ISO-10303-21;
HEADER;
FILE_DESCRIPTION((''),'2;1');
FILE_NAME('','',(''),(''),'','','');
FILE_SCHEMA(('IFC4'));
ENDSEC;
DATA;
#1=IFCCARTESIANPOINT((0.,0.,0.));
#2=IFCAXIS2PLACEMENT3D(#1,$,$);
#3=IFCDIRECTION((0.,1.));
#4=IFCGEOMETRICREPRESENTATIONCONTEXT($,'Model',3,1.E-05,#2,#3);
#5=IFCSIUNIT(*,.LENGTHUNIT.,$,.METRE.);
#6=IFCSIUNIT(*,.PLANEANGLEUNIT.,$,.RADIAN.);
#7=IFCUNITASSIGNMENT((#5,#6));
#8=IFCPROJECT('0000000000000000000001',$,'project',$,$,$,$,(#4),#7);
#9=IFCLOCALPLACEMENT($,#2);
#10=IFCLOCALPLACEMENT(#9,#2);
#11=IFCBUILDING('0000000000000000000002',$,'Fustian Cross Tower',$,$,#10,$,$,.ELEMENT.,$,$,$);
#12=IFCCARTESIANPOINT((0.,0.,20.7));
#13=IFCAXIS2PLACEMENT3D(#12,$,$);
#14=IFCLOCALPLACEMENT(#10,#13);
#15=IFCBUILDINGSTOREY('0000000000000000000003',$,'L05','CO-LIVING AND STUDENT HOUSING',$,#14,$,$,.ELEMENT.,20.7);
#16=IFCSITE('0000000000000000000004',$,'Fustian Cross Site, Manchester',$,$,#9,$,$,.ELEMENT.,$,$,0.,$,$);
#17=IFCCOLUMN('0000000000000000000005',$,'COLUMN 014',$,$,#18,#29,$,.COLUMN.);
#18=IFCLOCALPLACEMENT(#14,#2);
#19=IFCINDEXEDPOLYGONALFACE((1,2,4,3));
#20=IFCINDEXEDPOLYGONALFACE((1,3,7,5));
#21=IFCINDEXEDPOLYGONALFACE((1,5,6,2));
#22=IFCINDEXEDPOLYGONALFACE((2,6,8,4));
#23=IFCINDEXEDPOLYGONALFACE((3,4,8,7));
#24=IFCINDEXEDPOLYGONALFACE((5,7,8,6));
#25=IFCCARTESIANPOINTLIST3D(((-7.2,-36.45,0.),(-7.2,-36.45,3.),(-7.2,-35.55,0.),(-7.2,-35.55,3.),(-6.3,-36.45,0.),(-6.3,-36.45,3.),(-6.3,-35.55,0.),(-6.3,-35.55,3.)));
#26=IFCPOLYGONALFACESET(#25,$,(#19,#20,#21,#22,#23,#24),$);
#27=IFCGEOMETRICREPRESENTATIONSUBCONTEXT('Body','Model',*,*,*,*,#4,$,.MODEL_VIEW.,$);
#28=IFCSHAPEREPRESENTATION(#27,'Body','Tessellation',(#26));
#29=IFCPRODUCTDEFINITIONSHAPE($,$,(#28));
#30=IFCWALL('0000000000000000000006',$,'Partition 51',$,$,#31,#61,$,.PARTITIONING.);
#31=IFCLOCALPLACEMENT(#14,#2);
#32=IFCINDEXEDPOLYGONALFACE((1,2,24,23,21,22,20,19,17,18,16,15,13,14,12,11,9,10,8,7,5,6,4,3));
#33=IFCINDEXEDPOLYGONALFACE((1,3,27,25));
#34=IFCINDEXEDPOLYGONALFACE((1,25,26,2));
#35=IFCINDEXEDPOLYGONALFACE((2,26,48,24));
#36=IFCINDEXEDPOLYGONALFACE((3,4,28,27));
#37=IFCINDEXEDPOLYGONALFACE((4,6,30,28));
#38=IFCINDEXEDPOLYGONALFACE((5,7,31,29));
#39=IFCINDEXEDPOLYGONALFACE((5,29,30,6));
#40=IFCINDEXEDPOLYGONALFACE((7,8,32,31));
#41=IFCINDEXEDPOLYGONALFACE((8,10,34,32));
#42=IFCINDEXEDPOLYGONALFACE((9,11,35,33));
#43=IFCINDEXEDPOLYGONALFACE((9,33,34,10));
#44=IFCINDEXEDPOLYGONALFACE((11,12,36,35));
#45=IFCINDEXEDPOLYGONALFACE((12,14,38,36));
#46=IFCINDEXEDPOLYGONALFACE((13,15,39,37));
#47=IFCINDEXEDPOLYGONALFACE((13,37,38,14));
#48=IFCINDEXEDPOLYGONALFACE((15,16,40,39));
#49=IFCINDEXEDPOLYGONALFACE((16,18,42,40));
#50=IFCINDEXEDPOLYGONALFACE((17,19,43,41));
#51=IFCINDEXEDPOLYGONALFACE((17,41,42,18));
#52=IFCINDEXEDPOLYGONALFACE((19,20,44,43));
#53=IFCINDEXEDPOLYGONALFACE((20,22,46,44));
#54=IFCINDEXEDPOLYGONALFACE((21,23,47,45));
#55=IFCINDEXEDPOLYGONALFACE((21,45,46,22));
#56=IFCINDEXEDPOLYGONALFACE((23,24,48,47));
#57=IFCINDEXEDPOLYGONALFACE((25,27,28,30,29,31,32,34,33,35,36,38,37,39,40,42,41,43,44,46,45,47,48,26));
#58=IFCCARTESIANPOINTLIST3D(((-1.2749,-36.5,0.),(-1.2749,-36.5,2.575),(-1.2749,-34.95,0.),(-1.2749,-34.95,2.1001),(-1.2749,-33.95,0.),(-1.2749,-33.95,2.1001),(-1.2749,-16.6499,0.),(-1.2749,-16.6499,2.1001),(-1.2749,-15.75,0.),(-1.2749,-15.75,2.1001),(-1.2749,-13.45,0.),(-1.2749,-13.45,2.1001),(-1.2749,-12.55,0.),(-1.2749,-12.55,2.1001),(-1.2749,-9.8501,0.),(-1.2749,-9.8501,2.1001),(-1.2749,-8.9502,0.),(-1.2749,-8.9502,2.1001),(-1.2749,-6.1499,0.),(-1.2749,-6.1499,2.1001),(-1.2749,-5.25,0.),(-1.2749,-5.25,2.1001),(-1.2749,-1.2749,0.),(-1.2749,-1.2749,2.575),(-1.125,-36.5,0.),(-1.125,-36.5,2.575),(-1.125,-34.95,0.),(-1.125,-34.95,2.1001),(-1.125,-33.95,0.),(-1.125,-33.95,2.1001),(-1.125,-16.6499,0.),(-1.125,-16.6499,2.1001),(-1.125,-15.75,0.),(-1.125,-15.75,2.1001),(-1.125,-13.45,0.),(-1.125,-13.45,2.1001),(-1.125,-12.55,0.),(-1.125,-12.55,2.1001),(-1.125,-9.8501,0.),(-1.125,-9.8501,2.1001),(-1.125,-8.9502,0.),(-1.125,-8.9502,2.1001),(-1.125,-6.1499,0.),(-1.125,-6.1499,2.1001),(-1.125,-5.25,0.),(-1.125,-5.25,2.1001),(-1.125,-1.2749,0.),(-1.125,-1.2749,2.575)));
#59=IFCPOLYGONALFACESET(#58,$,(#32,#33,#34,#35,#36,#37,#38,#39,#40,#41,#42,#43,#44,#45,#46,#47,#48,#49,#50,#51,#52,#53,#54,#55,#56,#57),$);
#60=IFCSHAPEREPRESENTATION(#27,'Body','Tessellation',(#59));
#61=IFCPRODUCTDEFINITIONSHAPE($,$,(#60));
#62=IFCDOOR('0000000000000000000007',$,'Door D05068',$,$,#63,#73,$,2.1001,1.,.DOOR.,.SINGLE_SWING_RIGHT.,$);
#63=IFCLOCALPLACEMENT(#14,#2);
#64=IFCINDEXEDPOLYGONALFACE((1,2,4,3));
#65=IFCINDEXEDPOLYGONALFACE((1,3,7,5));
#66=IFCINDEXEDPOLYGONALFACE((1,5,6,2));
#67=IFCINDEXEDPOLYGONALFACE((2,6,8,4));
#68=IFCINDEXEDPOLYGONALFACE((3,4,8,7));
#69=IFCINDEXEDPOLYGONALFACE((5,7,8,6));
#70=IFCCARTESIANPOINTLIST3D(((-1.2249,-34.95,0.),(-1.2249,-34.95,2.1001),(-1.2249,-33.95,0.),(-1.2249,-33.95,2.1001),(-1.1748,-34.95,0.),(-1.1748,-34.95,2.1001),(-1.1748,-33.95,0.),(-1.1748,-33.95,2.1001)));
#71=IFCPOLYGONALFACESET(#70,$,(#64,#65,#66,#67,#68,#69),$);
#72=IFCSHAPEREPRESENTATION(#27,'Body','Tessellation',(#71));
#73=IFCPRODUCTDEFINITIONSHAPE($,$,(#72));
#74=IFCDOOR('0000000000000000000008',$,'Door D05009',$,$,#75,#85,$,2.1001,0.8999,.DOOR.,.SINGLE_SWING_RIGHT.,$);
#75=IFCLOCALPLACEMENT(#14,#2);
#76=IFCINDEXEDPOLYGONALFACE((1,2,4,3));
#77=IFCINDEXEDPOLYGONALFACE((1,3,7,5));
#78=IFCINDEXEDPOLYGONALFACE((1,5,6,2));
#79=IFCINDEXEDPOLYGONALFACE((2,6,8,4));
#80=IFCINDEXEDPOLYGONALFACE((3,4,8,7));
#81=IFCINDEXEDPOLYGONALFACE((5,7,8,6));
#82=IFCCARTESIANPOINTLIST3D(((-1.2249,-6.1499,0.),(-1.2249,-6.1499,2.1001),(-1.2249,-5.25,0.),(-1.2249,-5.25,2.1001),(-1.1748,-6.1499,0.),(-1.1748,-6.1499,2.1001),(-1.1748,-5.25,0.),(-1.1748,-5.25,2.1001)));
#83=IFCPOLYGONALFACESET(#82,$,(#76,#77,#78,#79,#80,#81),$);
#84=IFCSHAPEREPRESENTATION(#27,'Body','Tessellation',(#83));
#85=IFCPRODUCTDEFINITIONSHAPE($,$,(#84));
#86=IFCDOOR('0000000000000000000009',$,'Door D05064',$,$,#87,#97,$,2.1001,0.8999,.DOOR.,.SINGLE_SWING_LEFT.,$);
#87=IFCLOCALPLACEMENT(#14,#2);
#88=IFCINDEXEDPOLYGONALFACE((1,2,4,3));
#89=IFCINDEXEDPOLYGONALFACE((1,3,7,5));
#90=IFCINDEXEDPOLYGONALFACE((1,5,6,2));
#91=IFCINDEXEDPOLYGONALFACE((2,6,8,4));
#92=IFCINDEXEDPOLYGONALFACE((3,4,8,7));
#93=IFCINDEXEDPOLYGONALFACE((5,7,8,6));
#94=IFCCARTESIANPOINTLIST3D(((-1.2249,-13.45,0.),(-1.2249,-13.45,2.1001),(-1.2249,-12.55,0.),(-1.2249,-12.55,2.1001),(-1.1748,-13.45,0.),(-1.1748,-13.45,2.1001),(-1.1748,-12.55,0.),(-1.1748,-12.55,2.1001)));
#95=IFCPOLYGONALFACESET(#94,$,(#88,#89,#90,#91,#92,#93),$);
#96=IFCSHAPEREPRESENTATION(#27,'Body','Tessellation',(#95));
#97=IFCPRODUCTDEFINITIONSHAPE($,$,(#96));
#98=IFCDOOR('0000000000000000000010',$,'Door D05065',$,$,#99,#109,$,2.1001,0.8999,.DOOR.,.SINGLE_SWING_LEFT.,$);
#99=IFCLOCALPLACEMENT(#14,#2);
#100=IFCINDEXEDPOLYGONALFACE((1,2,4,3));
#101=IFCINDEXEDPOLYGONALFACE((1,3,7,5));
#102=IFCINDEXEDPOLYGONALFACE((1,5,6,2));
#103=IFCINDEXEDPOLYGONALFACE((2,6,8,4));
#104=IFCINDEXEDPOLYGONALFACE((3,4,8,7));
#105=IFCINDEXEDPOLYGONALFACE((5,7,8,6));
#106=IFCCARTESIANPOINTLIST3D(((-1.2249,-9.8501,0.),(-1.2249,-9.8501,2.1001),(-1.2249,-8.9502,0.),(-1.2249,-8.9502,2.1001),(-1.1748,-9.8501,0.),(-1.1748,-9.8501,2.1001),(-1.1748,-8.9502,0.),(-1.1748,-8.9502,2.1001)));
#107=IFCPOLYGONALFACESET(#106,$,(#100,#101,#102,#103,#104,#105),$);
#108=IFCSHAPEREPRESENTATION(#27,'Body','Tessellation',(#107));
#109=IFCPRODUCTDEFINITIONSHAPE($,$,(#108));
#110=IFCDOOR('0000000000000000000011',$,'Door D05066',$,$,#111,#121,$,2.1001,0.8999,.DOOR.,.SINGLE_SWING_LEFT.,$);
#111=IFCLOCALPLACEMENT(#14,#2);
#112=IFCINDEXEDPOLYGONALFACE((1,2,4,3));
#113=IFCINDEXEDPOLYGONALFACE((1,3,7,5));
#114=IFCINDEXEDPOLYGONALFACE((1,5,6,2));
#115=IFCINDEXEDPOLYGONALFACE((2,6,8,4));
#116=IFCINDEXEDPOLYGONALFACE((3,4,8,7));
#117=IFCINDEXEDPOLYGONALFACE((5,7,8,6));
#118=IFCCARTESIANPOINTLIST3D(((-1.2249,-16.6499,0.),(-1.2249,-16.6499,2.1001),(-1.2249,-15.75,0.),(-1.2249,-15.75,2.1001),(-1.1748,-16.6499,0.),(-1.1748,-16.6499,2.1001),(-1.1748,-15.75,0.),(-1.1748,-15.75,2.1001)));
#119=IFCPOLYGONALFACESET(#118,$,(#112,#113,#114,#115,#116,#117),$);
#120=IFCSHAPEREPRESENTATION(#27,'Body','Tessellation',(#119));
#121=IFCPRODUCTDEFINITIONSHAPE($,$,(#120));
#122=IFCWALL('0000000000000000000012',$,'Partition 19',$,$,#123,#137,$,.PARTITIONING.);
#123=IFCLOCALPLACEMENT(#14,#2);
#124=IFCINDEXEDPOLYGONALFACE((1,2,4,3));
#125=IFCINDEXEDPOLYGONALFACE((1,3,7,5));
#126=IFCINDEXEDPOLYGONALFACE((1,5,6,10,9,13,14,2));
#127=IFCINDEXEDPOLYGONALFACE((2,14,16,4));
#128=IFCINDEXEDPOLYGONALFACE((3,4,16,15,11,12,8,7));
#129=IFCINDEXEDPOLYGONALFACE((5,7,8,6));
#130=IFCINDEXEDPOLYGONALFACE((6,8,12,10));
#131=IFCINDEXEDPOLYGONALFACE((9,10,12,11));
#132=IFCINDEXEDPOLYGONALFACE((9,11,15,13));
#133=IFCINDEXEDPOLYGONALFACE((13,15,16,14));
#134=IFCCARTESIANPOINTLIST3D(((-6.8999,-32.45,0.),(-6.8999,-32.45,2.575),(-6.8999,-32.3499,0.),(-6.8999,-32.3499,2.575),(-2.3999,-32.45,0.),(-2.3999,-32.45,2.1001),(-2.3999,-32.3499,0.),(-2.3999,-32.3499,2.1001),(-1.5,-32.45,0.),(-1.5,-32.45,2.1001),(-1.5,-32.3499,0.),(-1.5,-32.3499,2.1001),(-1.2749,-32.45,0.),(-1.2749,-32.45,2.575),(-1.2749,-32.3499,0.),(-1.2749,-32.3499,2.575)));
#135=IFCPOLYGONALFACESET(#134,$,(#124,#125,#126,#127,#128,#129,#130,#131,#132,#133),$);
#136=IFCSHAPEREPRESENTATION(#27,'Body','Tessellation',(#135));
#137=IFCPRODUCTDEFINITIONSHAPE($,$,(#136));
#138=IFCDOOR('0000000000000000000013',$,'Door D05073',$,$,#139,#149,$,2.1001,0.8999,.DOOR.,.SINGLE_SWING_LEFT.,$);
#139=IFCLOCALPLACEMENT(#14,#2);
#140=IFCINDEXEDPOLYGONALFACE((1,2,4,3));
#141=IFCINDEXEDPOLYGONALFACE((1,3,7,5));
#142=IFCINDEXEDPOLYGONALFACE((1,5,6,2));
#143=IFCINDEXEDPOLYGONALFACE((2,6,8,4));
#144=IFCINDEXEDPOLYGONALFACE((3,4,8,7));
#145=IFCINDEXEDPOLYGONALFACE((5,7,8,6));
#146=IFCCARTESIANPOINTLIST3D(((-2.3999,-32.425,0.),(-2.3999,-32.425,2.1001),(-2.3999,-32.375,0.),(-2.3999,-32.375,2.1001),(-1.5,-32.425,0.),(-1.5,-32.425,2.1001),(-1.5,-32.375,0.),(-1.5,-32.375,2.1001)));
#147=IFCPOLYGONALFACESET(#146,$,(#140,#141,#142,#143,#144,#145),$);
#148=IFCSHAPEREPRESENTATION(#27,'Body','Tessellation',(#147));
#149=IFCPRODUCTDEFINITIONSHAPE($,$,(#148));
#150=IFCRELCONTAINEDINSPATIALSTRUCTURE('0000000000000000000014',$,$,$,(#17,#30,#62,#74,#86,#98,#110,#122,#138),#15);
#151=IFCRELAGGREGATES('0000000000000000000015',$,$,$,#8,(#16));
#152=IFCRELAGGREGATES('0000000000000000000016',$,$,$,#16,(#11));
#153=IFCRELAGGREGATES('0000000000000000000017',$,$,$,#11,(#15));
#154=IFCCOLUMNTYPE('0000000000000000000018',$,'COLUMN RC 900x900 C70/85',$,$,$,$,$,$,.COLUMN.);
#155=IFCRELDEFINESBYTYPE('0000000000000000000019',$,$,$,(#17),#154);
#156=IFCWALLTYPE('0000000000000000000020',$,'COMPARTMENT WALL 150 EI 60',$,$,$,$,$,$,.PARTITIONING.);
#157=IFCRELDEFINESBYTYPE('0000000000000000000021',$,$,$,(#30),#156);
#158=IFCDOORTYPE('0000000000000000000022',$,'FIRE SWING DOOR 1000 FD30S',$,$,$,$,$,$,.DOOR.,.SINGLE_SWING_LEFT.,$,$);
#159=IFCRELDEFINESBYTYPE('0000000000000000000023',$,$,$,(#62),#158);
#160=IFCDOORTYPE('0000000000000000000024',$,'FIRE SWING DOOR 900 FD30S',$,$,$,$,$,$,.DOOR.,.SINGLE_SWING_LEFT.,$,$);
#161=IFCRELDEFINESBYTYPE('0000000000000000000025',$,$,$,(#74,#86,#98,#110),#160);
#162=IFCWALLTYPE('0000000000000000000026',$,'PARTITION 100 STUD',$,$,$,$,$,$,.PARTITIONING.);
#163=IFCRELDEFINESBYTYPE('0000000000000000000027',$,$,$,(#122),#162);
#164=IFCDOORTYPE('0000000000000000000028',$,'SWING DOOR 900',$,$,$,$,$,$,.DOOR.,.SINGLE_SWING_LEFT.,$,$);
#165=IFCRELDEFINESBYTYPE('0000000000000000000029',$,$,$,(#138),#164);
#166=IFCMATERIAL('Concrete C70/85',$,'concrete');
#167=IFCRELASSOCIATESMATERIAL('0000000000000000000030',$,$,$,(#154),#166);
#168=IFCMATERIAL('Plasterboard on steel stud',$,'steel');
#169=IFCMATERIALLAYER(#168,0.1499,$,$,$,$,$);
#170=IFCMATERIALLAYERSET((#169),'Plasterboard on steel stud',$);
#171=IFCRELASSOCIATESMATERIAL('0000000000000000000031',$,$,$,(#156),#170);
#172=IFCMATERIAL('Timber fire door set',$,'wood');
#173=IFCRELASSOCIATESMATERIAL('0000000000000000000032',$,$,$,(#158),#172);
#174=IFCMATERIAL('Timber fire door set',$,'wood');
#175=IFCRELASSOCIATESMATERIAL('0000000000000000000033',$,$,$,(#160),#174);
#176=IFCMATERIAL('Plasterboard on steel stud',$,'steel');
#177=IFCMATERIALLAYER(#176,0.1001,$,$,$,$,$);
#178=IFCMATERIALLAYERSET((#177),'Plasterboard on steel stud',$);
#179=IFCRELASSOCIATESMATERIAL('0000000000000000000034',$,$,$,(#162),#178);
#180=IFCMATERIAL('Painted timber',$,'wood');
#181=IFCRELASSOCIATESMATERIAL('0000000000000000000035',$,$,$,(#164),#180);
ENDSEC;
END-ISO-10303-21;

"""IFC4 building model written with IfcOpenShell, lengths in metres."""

from ifc_helpers import new_model, si_unit, direction, frame, frame_2d, origin, origin_2d, place, context, subcontext, project, spatial, rectangle, extrude, material, layer, layer_set, material_profile, profile_set, type_object, element, fill, save


model = new_model("IFC4")

# Units and contexts
model_context = context("Model", 3, precision=1e-05, world=origin(), true_north=direction((0.0, 1.0)))
body_context = subcontext(model_context, "Body", "Model", "MODEL_VIEW")
ifc_project = project(units=[si_unit("LENGTHUNIT", "METRE"), si_unit("PLANEANGLEUNIT", "RADIAN")], contexts=[model_context])

# Site, building, storey
site_placement = place(None, origin())
site = spatial("IfcSite", under=ifc_project, at=site_placement, Name="Fustian Cross Site, Manchester", CompositionType="ELEMENT", RefElevation=0.0)
building_placement = place(site_placement, origin())
building = spatial("IfcBuilding", under=site, at=building_placement, Name="Fustian Cross Tower", CompositionType="ELEMENT")
storey_placement = place(building_placement, frame((0.0, 0.0, 20.7)))
storey = spatial("IfcBuildingStorey", under=building, at=storey_placement, Name="L05", Description="CO-LIVING AND STUDENT HOUSING", CompositionType="ELEMENT", Elevation=20.7)

# Column
ifc_material_1 = material(Name="Concrete C70/85", Category="concrete")
ifc_material_profile = material_profile(ifc_material_1, rectangle(XDim=0.8999, YDim=0.8999, at=origin_2d()), Name="RC 900x900")
ifc_profile_set = profile_set([ifc_material_profile], Name="Concrete C70/85")
column_type = type_object("IfcColumnType", Name="COLUMN RC 900x900 C70/85", PredefinedType="COLUMN", material=ifc_profile_set)
column_placement = place(storey_placement, frame((-6.75, -36.0, 0.0), z_axis=(0.0, 0.0, 1.0), x_axis=(1.0, 0.0, 0.0)))
element("IfcColumn", 1, at=column_placement, inside=storey, type_object=column_type, Name="COLUMN 014", PredefinedType="COLUMN", context=body_context, shape_type="SweptSolid", body=[
    extrude(rectangle(XDim=0.8999, YDim=0.8999, at=origin_2d()), origin(), (0.0, 0.0, 1.0), 3.0),
])

# Wall, openings, doors
ifc_material_2 = material(Name="Plasterboard on steel stud", Category="steel")
ifc_layer_1 = layer(ifc_material_2, 0.1499)
ifc_layer_set_1 = layer_set([ifc_layer_1], Name="Plasterboard on steel stud")
wall_type_1 = type_object("IfcWallType", Name="COMPARTMENT WALL 150 EI 60", PredefinedType="PARTITIONING", material=ifc_layer_set_1)
wall_1_placement = place(storey_placement, frame((-1.2, -36.5, 0.0), z_axis=(0.0, 0.0, 1.0), x_axis=(0.0, 1.0, 0.0)))
wall_1 = element("IfcWall", 2, at=wall_1_placement, inside=storey, type_object=wall_type_1, Name="Partition 51", PredefinedType="PARTITIONING", context=body_context, shape_type="SweptSolid", body=[
    extrude(rectangle(XDim=35.2251, YDim=0.1499, at=frame_2d((17.6125, 0.0))), origin(), (0.0, 0.0, 1.0), 2.575),
])
opening_1_placement = place(wall_1_placement, frame((30.3501, 0.0, 0.0)))
opening_1 = element("IfcOpeningElement", 3, at=opening_1_placement, cuts=wall_1, PredefinedType="OPENING", context=body_context, shape_type="SweptSolid", body=[
    extrude(rectangle(XDim=0.8999, YDim=2.1001, at=frame_2d((0.45, 1.05))), frame((0.0, 0.085, 0.0), z_axis=(0.0, -1.0, 0.0), x_axis=(1.0, 0.0, 0.0)), (0.0, 0.0, 1.0), 0.1699),
])
opening_2_placement = place(wall_1_placement, frame((23.05, 0.0, 0.0)))
opening_2 = element("IfcOpeningElement", 4, at=opening_2_placement, cuts=wall_1, PredefinedType="OPENING", context=body_context, shape_type="SweptSolid", body=[
    extrude(rectangle(XDim=0.8999, YDim=2.1001, at=frame_2d((0.45, 1.05))), frame((0.0, 0.085, 0.0), z_axis=(0.0, -1.0, 0.0), x_axis=(1.0, 0.0, 0.0)), (0.0, 0.0, 1.0), 0.1699),
])
opening_3_placement = place(wall_1_placement, frame((26.6499, 0.0, 0.0)))
opening_3 = element("IfcOpeningElement", 5, at=opening_3_placement, cuts=wall_1, PredefinedType="OPENING", context=body_context, shape_type="SweptSolid", body=[
    extrude(rectangle(XDim=0.8999, YDim=2.1001, at=frame_2d((0.45, 1.05))), frame((0.0, 0.085, 0.0), z_axis=(0.0, -1.0, 0.0), x_axis=(1.0, 0.0, 0.0)), (0.0, 0.0, 1.0), 0.1699),
])
opening_4_placement = place(wall_1_placement, frame((19.8501, 0.0, 0.0)))
opening_4 = element("IfcOpeningElement", 6, at=opening_4_placement, cuts=wall_1, PredefinedType="OPENING", context=body_context, shape_type="SweptSolid", body=[
    extrude(rectangle(XDim=0.8999, YDim=2.1001, at=frame_2d((0.45, 1.05))), frame((0.0, 0.085, 0.0), z_axis=(0.0, -1.0, 0.0), x_axis=(1.0, 0.0, 0.0)), (0.0, 0.0, 1.0), 0.1699),
])
opening_5_placement = place(wall_1_placement, frame((1.55, 0.0, 0.0)))
opening_5 = element("IfcOpeningElement", 7, at=opening_5_placement, cuts=wall_1, PredefinedType="OPENING", context=body_context, shape_type="SweptSolid", body=[
    extrude(rectangle(XDim=1.0, YDim=2.1001, at=frame_2d((0.5, 1.05))), frame((0.0, 0.085, 0.0), z_axis=(0.0, -1.0, 0.0), x_axis=(1.0, 0.0, 0.0)), (0.0, 0.0, 1.0), 0.1699),
])
ifc_material_3 = material(Name="Timber fire door set", Category="wood")
door_type_1 = type_object("IfcDoorType", Name="FIRE SWING DOOR 1000 FD30S", OperationType="SINGLE_SWING_LEFT", PredefinedType="DOOR", material=ifc_material_3)
door_1_placement = place(opening_5_placement, origin())
door_1 = element("IfcDoor", 8, at=door_1_placement, inside=storey, type_object=door_type_1, Name="Door D05068", OperationType="SINGLE_SWING_RIGHT", OverallHeight=2.1001, OverallWidth=1.0, PredefinedType="DOOR", context=body_context, shape_type="SweptSolid", body=[
    extrude(rectangle(XDim=1.0, YDim=2.1001, at=frame_2d((0.5, 1.05))), frame((0.0, 0.0249, 0.0), z_axis=(0.0, -1.0, 0.0), x_axis=(1.0, 0.0, 0.0)), (0.0, 0.0, 1.0), 0.05),
])
fill(opening_5, door_1)
ifc_material_4 = material(Name="Timber fire door set", Category="wood")
door_type_2 = type_object("IfcDoorType", Name="FIRE SWING DOOR 900 FD30S", OperationType="SINGLE_SWING_LEFT", PredefinedType="DOOR", material=ifc_material_4)
door_2_placement = place(opening_1_placement, origin())
door_2 = element("IfcDoor", 9, at=door_2_placement, inside=storey, type_object=door_type_2, Name="Door D05009", OperationType="SINGLE_SWING_RIGHT", OverallHeight=2.1001, OverallWidth=0.8999, PredefinedType="DOOR", context=body_context, shape_type="SweptSolid", body=[
    extrude(rectangle(XDim=0.8999, YDim=2.1001, at=frame_2d((0.45, 1.05))), frame((0.0, 0.0249, 0.0), z_axis=(0.0, -1.0, 0.0), x_axis=(1.0, 0.0, 0.0)), (0.0, 0.0, 1.0), 0.05),
])
fill(opening_1, door_2)
door_3_placement = place(opening_2_placement, origin())
door_3 = element("IfcDoor", 10, at=door_3_placement, inside=storey, type_object=door_type_2, Name="Door D05064", OperationType="SINGLE_SWING_LEFT", OverallHeight=2.1001, OverallWidth=0.8999, PredefinedType="DOOR", context=body_context, shape_type="SweptSolid", body=[
    extrude(rectangle(XDim=0.8999, YDim=2.1001, at=frame_2d((0.45, 1.05))), frame((0.0, 0.0249, 0.0), z_axis=(0.0, -1.0, 0.0), x_axis=(1.0, 0.0, 0.0)), (0.0, 0.0, 1.0), 0.05),
])
fill(opening_2, door_3)
door_4_placement = place(opening_3_placement, origin())
door_4 = element("IfcDoor", 11, at=door_4_placement, inside=storey, type_object=door_type_2, Name="Door D05065", OperationType="SINGLE_SWING_LEFT", OverallHeight=2.1001, OverallWidth=0.8999, PredefinedType="DOOR", context=body_context, shape_type="SweptSolid", body=[
    extrude(rectangle(XDim=0.8999, YDim=2.1001, at=frame_2d((0.45, 1.05))), frame((0.0, 0.0249, 0.0), z_axis=(0.0, -1.0, 0.0), x_axis=(1.0, 0.0, 0.0)), (0.0, 0.0, 1.0), 0.05),
])
fill(opening_3, door_4)
door_5_placement = place(opening_4_placement, origin())
door_5 = element("IfcDoor", 12, at=door_5_placement, inside=storey, type_object=door_type_2, Name="Door D05066", OperationType="SINGLE_SWING_LEFT", OverallHeight=2.1001, OverallWidth=0.8999, PredefinedType="DOOR", context=body_context, shape_type="SweptSolid", body=[
    extrude(rectangle(XDim=0.8999, YDim=2.1001, at=frame_2d((0.45, 1.05))), frame((0.0, 0.0249, 0.0), z_axis=(0.0, -1.0, 0.0), x_axis=(1.0, 0.0, 0.0)), (0.0, 0.0, 1.0), 0.05),
])
fill(opening_4, door_5)

# Wall, opening, door
ifc_material_5 = material(Name="Plasterboard on steel stud", Category="steel")
ifc_layer_2 = layer(ifc_material_5, 0.1001)
ifc_layer_set_2 = layer_set([ifc_layer_2], Name="Plasterboard on steel stud")
wall_type_2 = type_object("IfcWallType", Name="PARTITION 100 STUD", PredefinedType="PARTITIONING", material=ifc_layer_set_2)
wall_2_placement = place(storey_placement, frame((-6.8999, -32.3999, 0.0), z_axis=(0.0, 0.0, 1.0), x_axis=(1.0, 0.0, 0.0)))
wall_2 = element("IfcWall", 13, at=wall_2_placement, inside=storey, type_object=wall_type_2, Name="Partition 19", PredefinedType="PARTITIONING", context=body_context, shape_type="SweptSolid", body=[
    extrude(rectangle(XDim=5.625, YDim=0.1001, at=frame_2d((2.8125, 0.0))), origin(), (0.0, 0.0, 1.0), 2.575),
])
opening_6_placement = place(wall_2_placement, frame((4.5, 0.0, 0.0)))
opening_6 = element("IfcOpeningElement", 14, at=opening_6_placement, cuts=wall_2, PredefinedType="OPENING", context=body_context, shape_type="SweptSolid", body=[
    extrude(rectangle(XDim=0.8999, YDim=2.1001, at=frame_2d((0.45, 1.05))), frame((0.0, 0.0601, 0.0), z_axis=(0.0, -1.0, 0.0), x_axis=(1.0, 0.0, 0.0)), (0.0, 0.0, 1.0), 0.1201),
])
ifc_material_6 = material(Name="Painted timber", Category="wood")
door_type_3 = type_object("IfcDoorType", Name="SWING DOOR 900", OperationType="SINGLE_SWING_LEFT", PredefinedType="DOOR", material=ifc_material_6)
door_6_placement = place(opening_6_placement, origin())
door_6 = element("IfcDoor", 15, at=door_6_placement, inside=storey, type_object=door_type_3, Name="Door D05073", OperationType="SINGLE_SWING_LEFT", OverallHeight=2.1001, OverallWidth=0.8999, PredefinedType="DOOR", context=body_context, shape_type="SweptSolid", body=[
    extrude(rectangle(XDim=0.8999, YDim=2.1001, at=frame_2d((0.45, 1.05))), frame((0.0, 0.0249, 0.0), z_axis=(0.0, -1.0, 0.0), x_axis=(1.0, 0.0, 0.0)), (0.0, 0.0, 1.0), 0.05),
])
fill(opening_6, door_6)

save(model, "model.ifc")
